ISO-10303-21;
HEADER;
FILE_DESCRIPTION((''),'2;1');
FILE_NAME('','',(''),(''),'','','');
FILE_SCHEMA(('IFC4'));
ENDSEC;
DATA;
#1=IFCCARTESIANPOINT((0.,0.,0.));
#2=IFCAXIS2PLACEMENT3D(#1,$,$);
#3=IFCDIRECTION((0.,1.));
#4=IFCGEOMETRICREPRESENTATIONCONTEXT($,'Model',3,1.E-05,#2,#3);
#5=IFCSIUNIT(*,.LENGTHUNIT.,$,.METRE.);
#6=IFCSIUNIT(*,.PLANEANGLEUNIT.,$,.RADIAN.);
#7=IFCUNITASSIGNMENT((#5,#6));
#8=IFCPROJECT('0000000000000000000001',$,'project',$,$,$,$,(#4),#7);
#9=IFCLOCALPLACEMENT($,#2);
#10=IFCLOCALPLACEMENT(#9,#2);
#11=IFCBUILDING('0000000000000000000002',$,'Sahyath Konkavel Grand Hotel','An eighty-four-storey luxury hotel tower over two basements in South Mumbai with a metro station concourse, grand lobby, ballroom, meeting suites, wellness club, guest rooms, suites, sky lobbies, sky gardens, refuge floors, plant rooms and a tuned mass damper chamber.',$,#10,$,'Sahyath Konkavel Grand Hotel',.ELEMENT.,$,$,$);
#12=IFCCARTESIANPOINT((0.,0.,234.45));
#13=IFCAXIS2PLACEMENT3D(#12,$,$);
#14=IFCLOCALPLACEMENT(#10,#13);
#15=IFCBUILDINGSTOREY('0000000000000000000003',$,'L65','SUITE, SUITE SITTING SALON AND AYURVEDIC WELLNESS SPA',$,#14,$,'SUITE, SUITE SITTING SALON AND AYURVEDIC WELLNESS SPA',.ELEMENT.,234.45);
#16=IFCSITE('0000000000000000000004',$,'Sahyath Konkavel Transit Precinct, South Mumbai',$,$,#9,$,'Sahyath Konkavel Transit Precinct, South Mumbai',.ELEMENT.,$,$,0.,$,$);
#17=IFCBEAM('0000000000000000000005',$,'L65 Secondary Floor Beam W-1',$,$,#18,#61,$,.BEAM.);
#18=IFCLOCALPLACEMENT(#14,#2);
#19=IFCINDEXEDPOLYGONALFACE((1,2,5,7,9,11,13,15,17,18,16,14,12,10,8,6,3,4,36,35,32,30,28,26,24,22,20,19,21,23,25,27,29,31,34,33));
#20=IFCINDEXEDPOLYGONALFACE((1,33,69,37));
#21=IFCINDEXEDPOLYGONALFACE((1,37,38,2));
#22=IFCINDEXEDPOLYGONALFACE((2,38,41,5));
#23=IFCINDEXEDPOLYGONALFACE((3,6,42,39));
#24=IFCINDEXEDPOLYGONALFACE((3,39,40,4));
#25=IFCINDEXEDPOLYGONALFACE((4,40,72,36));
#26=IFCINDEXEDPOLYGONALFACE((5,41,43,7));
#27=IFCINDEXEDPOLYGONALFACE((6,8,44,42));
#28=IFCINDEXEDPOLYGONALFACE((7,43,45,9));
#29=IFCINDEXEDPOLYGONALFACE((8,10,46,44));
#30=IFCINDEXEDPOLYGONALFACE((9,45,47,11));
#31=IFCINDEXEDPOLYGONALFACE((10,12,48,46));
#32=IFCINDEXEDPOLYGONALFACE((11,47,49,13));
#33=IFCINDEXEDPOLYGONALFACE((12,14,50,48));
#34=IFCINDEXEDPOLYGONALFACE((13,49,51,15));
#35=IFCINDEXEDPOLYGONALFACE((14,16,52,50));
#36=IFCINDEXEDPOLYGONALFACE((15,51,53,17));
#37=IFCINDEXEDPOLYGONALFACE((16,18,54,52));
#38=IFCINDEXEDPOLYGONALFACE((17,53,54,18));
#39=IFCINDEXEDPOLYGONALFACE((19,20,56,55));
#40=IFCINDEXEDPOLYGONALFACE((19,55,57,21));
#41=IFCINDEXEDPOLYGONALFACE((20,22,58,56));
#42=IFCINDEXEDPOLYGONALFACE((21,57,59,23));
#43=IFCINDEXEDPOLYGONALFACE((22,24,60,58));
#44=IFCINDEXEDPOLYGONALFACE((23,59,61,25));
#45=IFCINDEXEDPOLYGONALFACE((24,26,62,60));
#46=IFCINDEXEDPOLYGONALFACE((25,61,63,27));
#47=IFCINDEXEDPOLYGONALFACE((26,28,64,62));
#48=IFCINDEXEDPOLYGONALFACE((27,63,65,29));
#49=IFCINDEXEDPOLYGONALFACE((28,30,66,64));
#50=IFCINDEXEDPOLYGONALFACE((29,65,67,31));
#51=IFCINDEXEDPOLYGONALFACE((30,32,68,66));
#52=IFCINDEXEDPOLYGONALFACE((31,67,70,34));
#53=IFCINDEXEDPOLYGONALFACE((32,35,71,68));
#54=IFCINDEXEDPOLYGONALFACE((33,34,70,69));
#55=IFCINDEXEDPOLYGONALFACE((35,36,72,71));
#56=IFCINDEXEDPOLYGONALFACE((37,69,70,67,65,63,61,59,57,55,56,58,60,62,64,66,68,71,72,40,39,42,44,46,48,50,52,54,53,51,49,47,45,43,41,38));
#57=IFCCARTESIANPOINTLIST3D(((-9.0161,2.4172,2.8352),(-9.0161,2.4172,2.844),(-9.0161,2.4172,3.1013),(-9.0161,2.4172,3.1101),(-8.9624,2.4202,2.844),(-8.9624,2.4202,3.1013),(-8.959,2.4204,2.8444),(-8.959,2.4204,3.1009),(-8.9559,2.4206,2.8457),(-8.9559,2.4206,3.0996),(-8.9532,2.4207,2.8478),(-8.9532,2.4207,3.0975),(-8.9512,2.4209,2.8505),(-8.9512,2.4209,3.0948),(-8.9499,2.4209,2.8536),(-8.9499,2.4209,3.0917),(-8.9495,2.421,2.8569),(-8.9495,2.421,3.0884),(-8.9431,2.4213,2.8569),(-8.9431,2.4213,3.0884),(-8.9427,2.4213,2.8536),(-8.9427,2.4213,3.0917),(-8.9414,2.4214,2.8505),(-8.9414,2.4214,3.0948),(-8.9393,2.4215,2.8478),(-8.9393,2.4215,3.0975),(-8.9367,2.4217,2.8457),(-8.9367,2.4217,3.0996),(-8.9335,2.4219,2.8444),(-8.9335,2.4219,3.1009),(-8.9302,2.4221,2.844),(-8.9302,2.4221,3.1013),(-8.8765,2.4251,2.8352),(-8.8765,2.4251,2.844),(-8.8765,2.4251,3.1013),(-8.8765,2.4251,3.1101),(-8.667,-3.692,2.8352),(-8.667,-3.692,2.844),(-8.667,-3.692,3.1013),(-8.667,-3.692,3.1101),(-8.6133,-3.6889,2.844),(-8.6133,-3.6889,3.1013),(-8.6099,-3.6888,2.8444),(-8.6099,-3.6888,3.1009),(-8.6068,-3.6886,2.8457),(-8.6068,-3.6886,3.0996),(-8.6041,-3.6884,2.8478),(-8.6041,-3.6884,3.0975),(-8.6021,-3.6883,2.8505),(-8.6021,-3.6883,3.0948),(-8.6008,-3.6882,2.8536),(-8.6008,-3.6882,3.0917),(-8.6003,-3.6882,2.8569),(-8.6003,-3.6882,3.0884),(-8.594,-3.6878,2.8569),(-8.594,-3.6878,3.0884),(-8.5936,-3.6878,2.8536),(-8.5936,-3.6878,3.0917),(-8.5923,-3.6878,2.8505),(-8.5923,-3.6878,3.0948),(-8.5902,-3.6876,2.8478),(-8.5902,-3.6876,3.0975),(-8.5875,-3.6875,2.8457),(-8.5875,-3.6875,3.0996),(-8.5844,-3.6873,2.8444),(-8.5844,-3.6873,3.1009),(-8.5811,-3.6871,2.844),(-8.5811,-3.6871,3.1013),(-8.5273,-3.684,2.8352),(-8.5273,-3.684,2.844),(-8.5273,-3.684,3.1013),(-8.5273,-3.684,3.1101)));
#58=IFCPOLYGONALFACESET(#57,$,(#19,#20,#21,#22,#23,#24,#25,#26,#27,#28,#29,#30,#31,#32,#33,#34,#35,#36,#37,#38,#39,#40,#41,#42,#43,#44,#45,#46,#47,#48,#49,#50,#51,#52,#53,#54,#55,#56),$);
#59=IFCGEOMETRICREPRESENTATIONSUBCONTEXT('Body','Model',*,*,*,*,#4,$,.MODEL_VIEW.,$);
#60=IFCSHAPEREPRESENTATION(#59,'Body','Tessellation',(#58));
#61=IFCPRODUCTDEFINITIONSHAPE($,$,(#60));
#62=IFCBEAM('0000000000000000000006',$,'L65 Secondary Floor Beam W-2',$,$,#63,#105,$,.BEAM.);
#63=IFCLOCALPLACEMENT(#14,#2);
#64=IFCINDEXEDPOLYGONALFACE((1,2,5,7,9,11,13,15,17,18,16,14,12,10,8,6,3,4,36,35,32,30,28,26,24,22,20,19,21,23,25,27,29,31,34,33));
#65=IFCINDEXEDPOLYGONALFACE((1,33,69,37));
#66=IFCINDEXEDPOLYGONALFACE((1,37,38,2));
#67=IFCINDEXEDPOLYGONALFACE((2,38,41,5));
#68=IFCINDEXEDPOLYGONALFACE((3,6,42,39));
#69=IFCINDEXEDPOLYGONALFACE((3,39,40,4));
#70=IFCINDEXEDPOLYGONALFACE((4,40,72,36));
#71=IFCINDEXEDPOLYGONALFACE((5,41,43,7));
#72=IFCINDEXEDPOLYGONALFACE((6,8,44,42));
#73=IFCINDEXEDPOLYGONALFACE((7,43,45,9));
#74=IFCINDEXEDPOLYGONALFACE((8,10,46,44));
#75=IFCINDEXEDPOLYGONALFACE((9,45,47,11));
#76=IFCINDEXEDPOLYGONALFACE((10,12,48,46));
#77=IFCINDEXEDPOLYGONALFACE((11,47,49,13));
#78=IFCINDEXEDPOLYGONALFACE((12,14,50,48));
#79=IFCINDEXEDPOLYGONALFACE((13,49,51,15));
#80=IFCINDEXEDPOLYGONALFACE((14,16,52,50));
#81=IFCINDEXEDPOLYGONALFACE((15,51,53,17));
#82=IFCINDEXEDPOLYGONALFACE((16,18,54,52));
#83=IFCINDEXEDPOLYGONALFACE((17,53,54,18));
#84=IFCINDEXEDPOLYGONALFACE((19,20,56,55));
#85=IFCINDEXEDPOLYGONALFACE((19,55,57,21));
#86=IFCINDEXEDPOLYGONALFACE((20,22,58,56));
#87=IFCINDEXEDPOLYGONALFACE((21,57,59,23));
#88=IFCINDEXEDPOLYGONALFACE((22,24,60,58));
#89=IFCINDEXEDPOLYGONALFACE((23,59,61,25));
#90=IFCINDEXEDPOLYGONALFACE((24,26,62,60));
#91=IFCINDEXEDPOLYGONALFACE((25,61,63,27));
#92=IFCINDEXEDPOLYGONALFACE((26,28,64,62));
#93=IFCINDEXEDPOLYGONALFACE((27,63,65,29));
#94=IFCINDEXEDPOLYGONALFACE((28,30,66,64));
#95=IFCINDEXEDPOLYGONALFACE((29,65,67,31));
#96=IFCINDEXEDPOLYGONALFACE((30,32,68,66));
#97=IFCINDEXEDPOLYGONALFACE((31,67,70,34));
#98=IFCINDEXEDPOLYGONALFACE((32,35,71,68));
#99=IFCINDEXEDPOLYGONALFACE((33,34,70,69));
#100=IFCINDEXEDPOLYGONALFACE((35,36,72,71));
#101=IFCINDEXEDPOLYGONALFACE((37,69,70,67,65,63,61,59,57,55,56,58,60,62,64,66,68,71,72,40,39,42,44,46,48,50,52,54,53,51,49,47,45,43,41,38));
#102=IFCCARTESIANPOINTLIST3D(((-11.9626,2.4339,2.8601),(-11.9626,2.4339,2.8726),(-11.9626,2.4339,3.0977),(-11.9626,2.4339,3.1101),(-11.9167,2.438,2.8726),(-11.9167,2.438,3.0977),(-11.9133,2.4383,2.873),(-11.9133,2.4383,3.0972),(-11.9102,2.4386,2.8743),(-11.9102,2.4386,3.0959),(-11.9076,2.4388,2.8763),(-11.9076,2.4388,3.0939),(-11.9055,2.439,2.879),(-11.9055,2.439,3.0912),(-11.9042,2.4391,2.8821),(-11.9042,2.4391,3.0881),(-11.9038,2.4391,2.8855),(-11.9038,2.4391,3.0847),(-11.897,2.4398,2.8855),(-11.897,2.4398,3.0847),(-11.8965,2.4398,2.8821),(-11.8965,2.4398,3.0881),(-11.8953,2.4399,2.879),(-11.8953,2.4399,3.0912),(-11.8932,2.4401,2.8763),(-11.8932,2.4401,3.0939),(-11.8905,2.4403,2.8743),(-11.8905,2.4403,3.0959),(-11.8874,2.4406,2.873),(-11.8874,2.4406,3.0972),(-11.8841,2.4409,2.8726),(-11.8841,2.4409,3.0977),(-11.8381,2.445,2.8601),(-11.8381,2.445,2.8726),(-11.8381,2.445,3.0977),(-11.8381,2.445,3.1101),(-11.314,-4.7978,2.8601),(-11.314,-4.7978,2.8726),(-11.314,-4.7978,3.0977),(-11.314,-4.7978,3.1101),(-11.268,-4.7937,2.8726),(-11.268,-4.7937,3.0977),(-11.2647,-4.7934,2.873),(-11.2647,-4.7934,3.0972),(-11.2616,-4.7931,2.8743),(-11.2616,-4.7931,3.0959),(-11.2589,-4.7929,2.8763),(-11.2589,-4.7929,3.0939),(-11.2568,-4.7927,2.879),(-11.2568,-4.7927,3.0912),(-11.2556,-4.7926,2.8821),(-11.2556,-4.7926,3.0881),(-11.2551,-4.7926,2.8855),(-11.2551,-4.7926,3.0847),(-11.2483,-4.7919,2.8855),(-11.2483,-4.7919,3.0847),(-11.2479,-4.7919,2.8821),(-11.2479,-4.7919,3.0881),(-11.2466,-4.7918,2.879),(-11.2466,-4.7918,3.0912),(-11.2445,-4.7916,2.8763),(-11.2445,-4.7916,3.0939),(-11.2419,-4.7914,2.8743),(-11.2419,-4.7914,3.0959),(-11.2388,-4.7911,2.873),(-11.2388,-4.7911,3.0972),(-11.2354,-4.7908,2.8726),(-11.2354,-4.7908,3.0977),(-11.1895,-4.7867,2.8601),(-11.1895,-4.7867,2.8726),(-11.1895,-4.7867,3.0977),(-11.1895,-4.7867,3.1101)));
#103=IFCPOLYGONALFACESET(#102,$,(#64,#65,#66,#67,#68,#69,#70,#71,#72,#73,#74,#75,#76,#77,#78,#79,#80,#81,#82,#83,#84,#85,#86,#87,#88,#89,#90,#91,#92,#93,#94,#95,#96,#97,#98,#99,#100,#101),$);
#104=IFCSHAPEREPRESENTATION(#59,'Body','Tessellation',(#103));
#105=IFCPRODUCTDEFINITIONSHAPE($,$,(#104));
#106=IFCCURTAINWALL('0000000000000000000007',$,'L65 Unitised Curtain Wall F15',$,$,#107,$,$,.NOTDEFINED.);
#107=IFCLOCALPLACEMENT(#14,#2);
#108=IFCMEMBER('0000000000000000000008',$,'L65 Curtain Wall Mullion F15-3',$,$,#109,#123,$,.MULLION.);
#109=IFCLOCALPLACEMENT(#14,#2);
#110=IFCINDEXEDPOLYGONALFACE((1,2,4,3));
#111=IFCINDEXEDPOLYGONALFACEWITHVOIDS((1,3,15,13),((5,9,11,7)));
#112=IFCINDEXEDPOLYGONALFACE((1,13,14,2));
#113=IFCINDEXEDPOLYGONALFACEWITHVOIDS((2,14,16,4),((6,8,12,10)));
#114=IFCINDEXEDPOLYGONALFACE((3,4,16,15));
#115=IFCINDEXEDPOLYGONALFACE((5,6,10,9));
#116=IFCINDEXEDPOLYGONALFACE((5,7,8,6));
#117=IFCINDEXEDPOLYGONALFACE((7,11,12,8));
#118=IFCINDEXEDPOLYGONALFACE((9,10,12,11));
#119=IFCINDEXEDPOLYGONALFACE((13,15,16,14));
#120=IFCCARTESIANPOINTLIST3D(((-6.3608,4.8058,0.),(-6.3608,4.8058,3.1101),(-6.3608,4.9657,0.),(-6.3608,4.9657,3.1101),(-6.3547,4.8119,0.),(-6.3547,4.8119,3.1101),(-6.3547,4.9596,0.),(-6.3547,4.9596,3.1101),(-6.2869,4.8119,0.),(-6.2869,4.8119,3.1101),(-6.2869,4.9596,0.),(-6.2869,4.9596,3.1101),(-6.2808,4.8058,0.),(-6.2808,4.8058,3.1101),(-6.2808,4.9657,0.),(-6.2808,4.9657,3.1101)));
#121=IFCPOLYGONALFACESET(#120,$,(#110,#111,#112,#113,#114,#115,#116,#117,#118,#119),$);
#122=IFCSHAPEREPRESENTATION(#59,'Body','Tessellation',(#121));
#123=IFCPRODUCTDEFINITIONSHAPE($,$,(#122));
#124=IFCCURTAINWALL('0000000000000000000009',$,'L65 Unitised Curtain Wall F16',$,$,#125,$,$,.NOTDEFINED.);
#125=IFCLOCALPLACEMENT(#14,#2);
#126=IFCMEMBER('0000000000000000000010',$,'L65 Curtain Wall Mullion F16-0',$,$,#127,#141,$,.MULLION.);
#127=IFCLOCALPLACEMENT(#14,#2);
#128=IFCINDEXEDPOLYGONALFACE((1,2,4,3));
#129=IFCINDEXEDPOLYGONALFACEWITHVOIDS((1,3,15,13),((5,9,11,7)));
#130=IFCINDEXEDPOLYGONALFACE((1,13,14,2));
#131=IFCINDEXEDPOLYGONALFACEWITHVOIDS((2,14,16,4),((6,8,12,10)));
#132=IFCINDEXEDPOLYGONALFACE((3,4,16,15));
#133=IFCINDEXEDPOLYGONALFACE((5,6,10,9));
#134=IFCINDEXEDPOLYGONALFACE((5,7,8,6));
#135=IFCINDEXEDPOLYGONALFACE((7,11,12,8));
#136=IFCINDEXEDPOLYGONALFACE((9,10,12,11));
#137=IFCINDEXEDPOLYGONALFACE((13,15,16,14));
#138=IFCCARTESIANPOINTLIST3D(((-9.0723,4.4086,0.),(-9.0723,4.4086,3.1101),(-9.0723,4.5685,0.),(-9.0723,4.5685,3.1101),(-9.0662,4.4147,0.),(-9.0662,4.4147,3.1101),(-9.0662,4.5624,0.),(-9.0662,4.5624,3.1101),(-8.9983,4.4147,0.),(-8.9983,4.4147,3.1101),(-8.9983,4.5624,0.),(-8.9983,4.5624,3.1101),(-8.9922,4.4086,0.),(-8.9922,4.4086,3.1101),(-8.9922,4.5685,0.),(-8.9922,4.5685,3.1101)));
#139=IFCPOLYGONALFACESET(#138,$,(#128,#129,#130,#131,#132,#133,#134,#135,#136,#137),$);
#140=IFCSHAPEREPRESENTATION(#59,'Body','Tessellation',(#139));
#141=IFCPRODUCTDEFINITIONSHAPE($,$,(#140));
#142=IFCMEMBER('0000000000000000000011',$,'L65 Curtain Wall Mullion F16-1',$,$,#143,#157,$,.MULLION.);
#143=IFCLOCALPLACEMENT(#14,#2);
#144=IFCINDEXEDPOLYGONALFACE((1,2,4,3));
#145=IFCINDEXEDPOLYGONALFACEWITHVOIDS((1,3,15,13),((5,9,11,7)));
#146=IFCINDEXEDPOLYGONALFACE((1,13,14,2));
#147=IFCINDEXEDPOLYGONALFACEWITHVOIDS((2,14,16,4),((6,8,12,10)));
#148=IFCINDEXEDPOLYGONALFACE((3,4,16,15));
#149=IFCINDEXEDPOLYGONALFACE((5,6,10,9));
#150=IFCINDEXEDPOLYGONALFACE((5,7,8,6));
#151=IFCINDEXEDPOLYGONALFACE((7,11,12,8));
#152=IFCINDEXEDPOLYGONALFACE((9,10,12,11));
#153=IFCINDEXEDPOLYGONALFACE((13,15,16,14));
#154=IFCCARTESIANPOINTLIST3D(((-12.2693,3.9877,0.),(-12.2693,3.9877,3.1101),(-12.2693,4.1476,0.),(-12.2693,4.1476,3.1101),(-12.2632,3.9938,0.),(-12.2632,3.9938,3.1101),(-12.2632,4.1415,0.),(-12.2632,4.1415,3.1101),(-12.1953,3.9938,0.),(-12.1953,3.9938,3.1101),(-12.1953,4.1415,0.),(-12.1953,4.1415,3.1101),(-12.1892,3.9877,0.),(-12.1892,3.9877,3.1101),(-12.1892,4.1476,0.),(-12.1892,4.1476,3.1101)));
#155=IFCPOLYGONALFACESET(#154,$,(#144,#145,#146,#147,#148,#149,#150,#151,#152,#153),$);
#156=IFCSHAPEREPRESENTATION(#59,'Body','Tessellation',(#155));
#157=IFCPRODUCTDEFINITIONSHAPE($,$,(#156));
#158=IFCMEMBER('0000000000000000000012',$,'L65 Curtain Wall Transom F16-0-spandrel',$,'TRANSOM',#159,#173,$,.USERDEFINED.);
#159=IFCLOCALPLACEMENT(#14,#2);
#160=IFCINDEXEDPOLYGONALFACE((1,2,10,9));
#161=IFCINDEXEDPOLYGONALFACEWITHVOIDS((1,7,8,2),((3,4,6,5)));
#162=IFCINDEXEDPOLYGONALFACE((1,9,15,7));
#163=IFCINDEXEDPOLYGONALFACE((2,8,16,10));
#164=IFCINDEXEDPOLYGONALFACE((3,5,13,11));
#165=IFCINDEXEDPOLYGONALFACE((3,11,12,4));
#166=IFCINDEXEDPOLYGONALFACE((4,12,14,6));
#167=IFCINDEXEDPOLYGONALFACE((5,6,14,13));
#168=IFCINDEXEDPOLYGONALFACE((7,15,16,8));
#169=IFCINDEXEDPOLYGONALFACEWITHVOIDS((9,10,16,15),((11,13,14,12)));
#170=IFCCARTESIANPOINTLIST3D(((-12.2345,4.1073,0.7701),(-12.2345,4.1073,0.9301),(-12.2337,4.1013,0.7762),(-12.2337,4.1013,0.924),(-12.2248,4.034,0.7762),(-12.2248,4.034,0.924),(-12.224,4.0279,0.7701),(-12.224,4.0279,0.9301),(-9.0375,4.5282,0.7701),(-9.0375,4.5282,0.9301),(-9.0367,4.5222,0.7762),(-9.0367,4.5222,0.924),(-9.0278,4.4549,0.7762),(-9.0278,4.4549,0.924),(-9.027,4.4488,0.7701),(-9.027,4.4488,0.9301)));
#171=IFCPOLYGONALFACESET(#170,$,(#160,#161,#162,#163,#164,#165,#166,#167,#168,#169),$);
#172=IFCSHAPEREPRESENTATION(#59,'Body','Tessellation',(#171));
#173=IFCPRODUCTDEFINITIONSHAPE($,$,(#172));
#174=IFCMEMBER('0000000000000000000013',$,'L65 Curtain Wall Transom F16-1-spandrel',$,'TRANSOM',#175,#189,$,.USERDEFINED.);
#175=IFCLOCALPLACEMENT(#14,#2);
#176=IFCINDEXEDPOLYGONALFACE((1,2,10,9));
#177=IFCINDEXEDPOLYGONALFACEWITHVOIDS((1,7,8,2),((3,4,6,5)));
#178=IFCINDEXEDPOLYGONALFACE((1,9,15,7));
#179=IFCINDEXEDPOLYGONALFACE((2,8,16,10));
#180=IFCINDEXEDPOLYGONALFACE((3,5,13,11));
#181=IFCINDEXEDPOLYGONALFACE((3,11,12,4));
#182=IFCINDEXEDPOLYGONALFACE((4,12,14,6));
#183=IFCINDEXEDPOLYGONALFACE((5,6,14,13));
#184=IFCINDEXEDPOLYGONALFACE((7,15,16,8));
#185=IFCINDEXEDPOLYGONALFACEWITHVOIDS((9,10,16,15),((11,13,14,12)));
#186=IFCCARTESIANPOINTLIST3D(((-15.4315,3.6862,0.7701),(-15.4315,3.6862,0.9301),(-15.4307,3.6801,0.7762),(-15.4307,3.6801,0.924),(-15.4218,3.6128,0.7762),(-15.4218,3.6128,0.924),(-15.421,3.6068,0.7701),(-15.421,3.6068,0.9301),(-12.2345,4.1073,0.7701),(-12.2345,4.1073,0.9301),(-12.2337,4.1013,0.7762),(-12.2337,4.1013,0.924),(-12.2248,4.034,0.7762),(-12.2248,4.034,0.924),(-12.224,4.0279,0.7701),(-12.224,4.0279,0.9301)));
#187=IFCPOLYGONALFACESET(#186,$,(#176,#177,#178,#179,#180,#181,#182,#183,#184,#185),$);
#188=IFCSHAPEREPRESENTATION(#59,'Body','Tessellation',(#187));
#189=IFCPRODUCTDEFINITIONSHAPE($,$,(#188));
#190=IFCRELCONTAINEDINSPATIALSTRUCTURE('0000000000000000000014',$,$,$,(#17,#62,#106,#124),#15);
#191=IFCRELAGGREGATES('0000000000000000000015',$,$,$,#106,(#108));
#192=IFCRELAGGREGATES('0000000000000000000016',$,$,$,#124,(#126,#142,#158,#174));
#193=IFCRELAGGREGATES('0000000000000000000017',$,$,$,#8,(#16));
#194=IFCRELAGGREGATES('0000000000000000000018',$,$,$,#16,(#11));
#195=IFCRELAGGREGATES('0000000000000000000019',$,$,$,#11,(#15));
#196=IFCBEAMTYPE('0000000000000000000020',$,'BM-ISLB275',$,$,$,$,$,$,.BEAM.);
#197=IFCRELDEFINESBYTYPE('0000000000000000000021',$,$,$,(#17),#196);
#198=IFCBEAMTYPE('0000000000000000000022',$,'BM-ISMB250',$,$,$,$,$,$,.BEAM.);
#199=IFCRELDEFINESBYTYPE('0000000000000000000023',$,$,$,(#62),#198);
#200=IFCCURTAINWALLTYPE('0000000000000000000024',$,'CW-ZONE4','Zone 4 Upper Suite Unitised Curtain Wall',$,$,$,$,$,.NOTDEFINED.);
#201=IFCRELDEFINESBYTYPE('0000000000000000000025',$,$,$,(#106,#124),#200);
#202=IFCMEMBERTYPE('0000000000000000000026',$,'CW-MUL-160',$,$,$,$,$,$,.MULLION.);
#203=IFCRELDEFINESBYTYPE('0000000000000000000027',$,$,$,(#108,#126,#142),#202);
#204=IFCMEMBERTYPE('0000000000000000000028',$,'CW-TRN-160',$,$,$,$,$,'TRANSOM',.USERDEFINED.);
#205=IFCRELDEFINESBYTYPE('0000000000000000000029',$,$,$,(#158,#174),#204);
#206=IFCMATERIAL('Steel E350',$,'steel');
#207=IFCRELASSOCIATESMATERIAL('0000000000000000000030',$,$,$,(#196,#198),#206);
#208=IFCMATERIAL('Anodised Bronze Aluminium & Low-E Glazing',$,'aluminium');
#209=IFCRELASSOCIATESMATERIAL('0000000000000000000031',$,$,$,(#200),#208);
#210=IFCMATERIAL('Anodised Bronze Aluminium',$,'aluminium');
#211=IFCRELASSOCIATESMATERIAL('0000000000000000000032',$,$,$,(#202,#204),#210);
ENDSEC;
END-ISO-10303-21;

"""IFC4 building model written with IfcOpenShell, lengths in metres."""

from ifc_helpers import new_model, si_unit, direction, frame, origin, origin_2d, place, context, subcontext, project, spatial, hollow_rectangle, i_section, extrude, source, transform, mapped, material, material_profile, profile_set, type_object, element, aggregate, save


model = new_model("IFC4")

# Units and contexts
model_context = context("Model", 3, precision=1e-05, world=origin(), true_north=direction((0.0, 1.0)))
body_context = subcontext(model_context, "Body", "Model", "MODEL_VIEW")
ifc_project = project(units=[si_unit("LENGTHUNIT", "METRE"), si_unit("PLANEANGLEUNIT", "RADIAN")], contexts=[model_context])

# Site, building, storey
site_placement = place(None, origin())
site = spatial("IfcSite", under=ifc_project, at=site_placement, Name="Sahyath Konkavel Transit Precinct, South Mumbai", LongName="Sahyath Konkavel Transit Precinct, South Mumbai", CompositionType="ELEMENT", RefElevation=0.0)
building_placement = place(site_placement, origin())
building = spatial("IfcBuilding", under=site, at=building_placement, Name="Sahyath Konkavel Grand Hotel", Description="An eighty-four-storey luxury hotel tower over two basements in South Mumbai with a metro station concourse, grand lobby, ballroom, meeting suites, wellness club, guest rooms, suites, sky lobbies, sky gardens, refuge floors, plant rooms and a tuned mass damper chamber.", LongName="Sahyath Konkavel Grand Hotel", CompositionType="ELEMENT")
storey_placement = place(building_placement, frame((0.0, 0.0, 234.45)))
storey = spatial("IfcBuildingStorey", under=building, at=storey_placement, Name="L65", Description="SUITE, SUITE SITTING SALON AND AYURVEDIC WELLNESS SPA", LongName="SUITE, SUITE SITTING SALON AND AYURVEDIC WELLNESS SPA", CompositionType="ELEMENT", Elevation=234.45)

# Beams
ifc_material_1 = material(Name="Steel E350", Category="steel")
ifc_material_profile_1 = material_profile(ifc_material_1, i_section(OverallWidth=0.1399, OverallDepth=0.2749, WebThickness=0.0063, FlangeThickness=0.0088, FilletRadius=0.0129, at=origin_2d()), Name="ISLB 275")
ifc_profile_set_1 = profile_set([ifc_material_profile_1], Name="Steel E350")
beam_type_1 = type_object("IfcBeamType", Name="BM-ISLB275", PredefinedType="BEAM", material=ifc_profile_set_1)
shared_shape_1 = source(origin(), body_context, "Body", "SweptSolid", [
    extrude(i_section(OverallWidth=0.1399, OverallDepth=0.2749, WebThickness=0.0063, FlangeThickness=0.0088, FilletRadius=0.0129, at=origin_2d()), origin(), (0.0, 0.0, 1.0), 6.1191),
])
beam_1_placement = place(storey_placement, frame((-8.9463, 2.4211, 2.9727), z_axis=(0.057054, -0.998371, 0.0), x_axis=(0.998371, 0.057054, 0.0)))
element("IfcBeam", 1, at=beam_1_placement, inside=storey, type_object=beam_type_1, Name="L65 Secondary Floor Beam W-1", PredefinedType="BEAM", context=body_context, shape_type="MappedRepresentation", body=[
    mapped(shared_shape_1, transform((0.0, 0.0, 0.0), scale=1.0)),
])
ifc_material_profile_2 = material_profile(ifc_material_1, i_section(OverallWidth=0.125, OverallDepth=0.25, WebThickness=0.0068, FlangeThickness=0.0125, FilletRadius=0.0129, at=origin_2d()), Name="ISMB 250")
ifc_profile_set_2 = profile_set([ifc_material_profile_2], Name="Steel E350")
beam_type_2 = type_object("IfcBeamType", Name="BM-ISMB250", PredefinedType="BEAM", material=ifc_profile_set_2)
shared_shape_2 = source(origin(), body_context, "Body", "SweptSolid", [
    extrude(i_section(OverallWidth=0.125, OverallDepth=0.25, WebThickness=0.0068, FlangeThickness=0.0125, FilletRadius=0.0129, at=origin_2d()), origin(), (0.0, 0.0, 1.0), 7.2607),
])
beam_2_placement = place(storey_placement, frame((-11.9004, 2.4395, 2.9851), z_axis=(0.089341, -0.996001, 0.0), x_axis=(0.996001, 0.089341, 0.0)))
element("IfcBeam", 2, at=beam_2_placement, inside=storey, type_object=beam_type_2, Name="L65 Secondary Floor Beam W-2", PredefinedType="BEAM", context=body_context, shape_type="MappedRepresentation", body=[
    mapped(shared_shape_2, transform((0.0, 0.0, 0.0), scale=1.0)),
])

# Curtain wall, member
ifc_material_2 = material(Name="Anodised Bronze Aluminium & Low-E Glazing", Category="aluminium")
curtain_wall_type = type_object("IfcCurtainWallType", Name="CW-ZONE4", Description="Zone 4 Upper Suite Unitised Curtain Wall", PredefinedType="NOTDEFINED", material=ifc_material_2)
curtain_wall_1_placement = place(storey_placement, origin())
curtain_wall_1 = element("IfcCurtainWall", 3, at=curtain_wall_1_placement, inside=storey, type_object=curtain_wall_type, Name="L65 Unitised Curtain Wall F15", PredefinedType="NOTDEFINED")
ifc_material_3 = material(Name="Anodised Bronze Aluminium", Category="aluminium")
ifc_material_profile_3 = material_profile(ifc_material_3, hollow_rectangle(XDim=0.0801, YDim=0.1599, WallThickness=0.0061, at=origin_2d()), Name="RHS 160x80x6")
ifc_profile_set_3 = profile_set([ifc_material_profile_3], Name="Anodised Bronze Aluminium")
member_type_1 = type_object("IfcMemberType", Name="CW-MUL-160", PredefinedType="MULLION", material=ifc_profile_set_3)
shared_shape_3 = source(origin(), body_context, "Body", "SweptSolid", [
    extrude(hollow_rectangle(XDim=0.0801, YDim=0.1599, WallThickness=0.0061, at=origin_2d()), origin(), (0.0, 0.0, 1.0), 3.1101),
])
member_1_placement = place(storey_placement, frame((-6.3208, 4.8857, 0.0), z_axis=(0.0, 0.0, 1.0), x_axis=(1.0, 0.0, 0.0)))
member_1 = element("IfcMember", 4, at=member_1_placement, type_object=member_type_1, Name="L65 Curtain Wall Mullion F15-3", PredefinedType="MULLION", context=body_context, shape_type="MappedRepresentation", body=[
    mapped(shared_shape_3, transform((0.0, 0.0, 0.0), scale=1.0)),
])
aggregate(curtain_wall_1, [member_1])

# Curtain wall, members
curtain_wall_2_placement = place(storey_placement, origin())
curtain_wall_2 = element("IfcCurtainWall", 5, at=curtain_wall_2_placement, inside=storey, type_object=curtain_wall_type, Name="L65 Unitised Curtain Wall F16", PredefinedType="NOTDEFINED")
member_2_placement = place(storey_placement, frame((-9.0322, 4.4885, 0.0), z_axis=(0.0, 0.0, 1.0), x_axis=(1.0, 0.0, 0.0)))
member_2 = element("IfcMember", 6, at=member_2_placement, type_object=member_type_1, Name="L65 Curtain Wall Mullion F16-0", PredefinedType="MULLION", context=body_context, shape_type="MappedRepresentation", body=[
    mapped(shared_shape_3, transform((0.0, 0.0, 0.0), scale=1.0)),
])
member_3_placement = place(storey_placement, frame((-12.2292, 4.0676, 0.0), z_axis=(0.0, 0.0, 1.0), x_axis=(1.0, 0.0, 0.0)))
member_3 = element("IfcMember", 7, at=member_3_placement, type_object=member_type_1, Name="L65 Curtain Wall Mullion F16-1", PredefinedType="MULLION", context=body_context, shape_type="MappedRepresentation", body=[
    mapped(shared_shape_3, transform((0.0, 0.0, 0.0), scale=1.0)),
])
ifc_material_profile_4 = material_profile(ifc_material_3, hollow_rectangle(XDim=0.0801, YDim=0.1599, WallThickness=0.0061, at=origin_2d()), Name="RHS 160x80x6")
ifc_profile_set_4 = profile_set([ifc_material_profile_4], Name="Anodised Bronze Aluminium")
member_type_2 = type_object("IfcMemberType", Name="CW-TRN-160", ElementType="TRANSOM", PredefinedType="USERDEFINED", material=ifc_profile_set_4)
shared_shape_4 = source(origin(), body_context, "Body", "SweptSolid", [
    extrude(hollow_rectangle(XDim=0.0801, YDim=0.1599, WallThickness=0.0061, at=origin_2d()), origin(), (0.0, 0.0, 1.0), 3.2246),
])
member_4_placement = place(storey_placement, frame((-9.0322, 4.4885, 0.8501), z_axis=(-0.991445, -0.130527, 0.0), x_axis=(0.130527, -0.991445, 0.0)))
member_4 = element("IfcMember", 8, at=member_4_placement, type_object=member_type_2, Name="L65 Curtain Wall Transom F16-0-spandrel", ObjectType="TRANSOM", PredefinedType="USERDEFINED", context=body_context, shape_type="MappedRepresentation", body=[
    mapped(shared_shape_4, transform((0.0, 0.0, 0.0), scale=1.0)),
])
member_5_placement = place(storey_placement, frame((-12.2292, 4.0676, 0.8501), z_axis=(-0.991435, -0.130601, 0.0), x_axis=(0.130601, -0.991435, 0.0)))
member_5 = element("IfcMember", 9, at=member_5_placement, type_object=member_type_2, Name="L65 Curtain Wall Transom F16-1-spandrel", ObjectType="TRANSOM", PredefinedType="USERDEFINED", context=body_context, shape_type="MappedRepresentation", body=[
    mapped(shared_shape_4, transform((0.0, 0.0, 0.0), scale=1.0)),
])
aggregate(curtain_wall_2, [member_2, member_3, member_4, member_5])

save(model, "model.ifc")
